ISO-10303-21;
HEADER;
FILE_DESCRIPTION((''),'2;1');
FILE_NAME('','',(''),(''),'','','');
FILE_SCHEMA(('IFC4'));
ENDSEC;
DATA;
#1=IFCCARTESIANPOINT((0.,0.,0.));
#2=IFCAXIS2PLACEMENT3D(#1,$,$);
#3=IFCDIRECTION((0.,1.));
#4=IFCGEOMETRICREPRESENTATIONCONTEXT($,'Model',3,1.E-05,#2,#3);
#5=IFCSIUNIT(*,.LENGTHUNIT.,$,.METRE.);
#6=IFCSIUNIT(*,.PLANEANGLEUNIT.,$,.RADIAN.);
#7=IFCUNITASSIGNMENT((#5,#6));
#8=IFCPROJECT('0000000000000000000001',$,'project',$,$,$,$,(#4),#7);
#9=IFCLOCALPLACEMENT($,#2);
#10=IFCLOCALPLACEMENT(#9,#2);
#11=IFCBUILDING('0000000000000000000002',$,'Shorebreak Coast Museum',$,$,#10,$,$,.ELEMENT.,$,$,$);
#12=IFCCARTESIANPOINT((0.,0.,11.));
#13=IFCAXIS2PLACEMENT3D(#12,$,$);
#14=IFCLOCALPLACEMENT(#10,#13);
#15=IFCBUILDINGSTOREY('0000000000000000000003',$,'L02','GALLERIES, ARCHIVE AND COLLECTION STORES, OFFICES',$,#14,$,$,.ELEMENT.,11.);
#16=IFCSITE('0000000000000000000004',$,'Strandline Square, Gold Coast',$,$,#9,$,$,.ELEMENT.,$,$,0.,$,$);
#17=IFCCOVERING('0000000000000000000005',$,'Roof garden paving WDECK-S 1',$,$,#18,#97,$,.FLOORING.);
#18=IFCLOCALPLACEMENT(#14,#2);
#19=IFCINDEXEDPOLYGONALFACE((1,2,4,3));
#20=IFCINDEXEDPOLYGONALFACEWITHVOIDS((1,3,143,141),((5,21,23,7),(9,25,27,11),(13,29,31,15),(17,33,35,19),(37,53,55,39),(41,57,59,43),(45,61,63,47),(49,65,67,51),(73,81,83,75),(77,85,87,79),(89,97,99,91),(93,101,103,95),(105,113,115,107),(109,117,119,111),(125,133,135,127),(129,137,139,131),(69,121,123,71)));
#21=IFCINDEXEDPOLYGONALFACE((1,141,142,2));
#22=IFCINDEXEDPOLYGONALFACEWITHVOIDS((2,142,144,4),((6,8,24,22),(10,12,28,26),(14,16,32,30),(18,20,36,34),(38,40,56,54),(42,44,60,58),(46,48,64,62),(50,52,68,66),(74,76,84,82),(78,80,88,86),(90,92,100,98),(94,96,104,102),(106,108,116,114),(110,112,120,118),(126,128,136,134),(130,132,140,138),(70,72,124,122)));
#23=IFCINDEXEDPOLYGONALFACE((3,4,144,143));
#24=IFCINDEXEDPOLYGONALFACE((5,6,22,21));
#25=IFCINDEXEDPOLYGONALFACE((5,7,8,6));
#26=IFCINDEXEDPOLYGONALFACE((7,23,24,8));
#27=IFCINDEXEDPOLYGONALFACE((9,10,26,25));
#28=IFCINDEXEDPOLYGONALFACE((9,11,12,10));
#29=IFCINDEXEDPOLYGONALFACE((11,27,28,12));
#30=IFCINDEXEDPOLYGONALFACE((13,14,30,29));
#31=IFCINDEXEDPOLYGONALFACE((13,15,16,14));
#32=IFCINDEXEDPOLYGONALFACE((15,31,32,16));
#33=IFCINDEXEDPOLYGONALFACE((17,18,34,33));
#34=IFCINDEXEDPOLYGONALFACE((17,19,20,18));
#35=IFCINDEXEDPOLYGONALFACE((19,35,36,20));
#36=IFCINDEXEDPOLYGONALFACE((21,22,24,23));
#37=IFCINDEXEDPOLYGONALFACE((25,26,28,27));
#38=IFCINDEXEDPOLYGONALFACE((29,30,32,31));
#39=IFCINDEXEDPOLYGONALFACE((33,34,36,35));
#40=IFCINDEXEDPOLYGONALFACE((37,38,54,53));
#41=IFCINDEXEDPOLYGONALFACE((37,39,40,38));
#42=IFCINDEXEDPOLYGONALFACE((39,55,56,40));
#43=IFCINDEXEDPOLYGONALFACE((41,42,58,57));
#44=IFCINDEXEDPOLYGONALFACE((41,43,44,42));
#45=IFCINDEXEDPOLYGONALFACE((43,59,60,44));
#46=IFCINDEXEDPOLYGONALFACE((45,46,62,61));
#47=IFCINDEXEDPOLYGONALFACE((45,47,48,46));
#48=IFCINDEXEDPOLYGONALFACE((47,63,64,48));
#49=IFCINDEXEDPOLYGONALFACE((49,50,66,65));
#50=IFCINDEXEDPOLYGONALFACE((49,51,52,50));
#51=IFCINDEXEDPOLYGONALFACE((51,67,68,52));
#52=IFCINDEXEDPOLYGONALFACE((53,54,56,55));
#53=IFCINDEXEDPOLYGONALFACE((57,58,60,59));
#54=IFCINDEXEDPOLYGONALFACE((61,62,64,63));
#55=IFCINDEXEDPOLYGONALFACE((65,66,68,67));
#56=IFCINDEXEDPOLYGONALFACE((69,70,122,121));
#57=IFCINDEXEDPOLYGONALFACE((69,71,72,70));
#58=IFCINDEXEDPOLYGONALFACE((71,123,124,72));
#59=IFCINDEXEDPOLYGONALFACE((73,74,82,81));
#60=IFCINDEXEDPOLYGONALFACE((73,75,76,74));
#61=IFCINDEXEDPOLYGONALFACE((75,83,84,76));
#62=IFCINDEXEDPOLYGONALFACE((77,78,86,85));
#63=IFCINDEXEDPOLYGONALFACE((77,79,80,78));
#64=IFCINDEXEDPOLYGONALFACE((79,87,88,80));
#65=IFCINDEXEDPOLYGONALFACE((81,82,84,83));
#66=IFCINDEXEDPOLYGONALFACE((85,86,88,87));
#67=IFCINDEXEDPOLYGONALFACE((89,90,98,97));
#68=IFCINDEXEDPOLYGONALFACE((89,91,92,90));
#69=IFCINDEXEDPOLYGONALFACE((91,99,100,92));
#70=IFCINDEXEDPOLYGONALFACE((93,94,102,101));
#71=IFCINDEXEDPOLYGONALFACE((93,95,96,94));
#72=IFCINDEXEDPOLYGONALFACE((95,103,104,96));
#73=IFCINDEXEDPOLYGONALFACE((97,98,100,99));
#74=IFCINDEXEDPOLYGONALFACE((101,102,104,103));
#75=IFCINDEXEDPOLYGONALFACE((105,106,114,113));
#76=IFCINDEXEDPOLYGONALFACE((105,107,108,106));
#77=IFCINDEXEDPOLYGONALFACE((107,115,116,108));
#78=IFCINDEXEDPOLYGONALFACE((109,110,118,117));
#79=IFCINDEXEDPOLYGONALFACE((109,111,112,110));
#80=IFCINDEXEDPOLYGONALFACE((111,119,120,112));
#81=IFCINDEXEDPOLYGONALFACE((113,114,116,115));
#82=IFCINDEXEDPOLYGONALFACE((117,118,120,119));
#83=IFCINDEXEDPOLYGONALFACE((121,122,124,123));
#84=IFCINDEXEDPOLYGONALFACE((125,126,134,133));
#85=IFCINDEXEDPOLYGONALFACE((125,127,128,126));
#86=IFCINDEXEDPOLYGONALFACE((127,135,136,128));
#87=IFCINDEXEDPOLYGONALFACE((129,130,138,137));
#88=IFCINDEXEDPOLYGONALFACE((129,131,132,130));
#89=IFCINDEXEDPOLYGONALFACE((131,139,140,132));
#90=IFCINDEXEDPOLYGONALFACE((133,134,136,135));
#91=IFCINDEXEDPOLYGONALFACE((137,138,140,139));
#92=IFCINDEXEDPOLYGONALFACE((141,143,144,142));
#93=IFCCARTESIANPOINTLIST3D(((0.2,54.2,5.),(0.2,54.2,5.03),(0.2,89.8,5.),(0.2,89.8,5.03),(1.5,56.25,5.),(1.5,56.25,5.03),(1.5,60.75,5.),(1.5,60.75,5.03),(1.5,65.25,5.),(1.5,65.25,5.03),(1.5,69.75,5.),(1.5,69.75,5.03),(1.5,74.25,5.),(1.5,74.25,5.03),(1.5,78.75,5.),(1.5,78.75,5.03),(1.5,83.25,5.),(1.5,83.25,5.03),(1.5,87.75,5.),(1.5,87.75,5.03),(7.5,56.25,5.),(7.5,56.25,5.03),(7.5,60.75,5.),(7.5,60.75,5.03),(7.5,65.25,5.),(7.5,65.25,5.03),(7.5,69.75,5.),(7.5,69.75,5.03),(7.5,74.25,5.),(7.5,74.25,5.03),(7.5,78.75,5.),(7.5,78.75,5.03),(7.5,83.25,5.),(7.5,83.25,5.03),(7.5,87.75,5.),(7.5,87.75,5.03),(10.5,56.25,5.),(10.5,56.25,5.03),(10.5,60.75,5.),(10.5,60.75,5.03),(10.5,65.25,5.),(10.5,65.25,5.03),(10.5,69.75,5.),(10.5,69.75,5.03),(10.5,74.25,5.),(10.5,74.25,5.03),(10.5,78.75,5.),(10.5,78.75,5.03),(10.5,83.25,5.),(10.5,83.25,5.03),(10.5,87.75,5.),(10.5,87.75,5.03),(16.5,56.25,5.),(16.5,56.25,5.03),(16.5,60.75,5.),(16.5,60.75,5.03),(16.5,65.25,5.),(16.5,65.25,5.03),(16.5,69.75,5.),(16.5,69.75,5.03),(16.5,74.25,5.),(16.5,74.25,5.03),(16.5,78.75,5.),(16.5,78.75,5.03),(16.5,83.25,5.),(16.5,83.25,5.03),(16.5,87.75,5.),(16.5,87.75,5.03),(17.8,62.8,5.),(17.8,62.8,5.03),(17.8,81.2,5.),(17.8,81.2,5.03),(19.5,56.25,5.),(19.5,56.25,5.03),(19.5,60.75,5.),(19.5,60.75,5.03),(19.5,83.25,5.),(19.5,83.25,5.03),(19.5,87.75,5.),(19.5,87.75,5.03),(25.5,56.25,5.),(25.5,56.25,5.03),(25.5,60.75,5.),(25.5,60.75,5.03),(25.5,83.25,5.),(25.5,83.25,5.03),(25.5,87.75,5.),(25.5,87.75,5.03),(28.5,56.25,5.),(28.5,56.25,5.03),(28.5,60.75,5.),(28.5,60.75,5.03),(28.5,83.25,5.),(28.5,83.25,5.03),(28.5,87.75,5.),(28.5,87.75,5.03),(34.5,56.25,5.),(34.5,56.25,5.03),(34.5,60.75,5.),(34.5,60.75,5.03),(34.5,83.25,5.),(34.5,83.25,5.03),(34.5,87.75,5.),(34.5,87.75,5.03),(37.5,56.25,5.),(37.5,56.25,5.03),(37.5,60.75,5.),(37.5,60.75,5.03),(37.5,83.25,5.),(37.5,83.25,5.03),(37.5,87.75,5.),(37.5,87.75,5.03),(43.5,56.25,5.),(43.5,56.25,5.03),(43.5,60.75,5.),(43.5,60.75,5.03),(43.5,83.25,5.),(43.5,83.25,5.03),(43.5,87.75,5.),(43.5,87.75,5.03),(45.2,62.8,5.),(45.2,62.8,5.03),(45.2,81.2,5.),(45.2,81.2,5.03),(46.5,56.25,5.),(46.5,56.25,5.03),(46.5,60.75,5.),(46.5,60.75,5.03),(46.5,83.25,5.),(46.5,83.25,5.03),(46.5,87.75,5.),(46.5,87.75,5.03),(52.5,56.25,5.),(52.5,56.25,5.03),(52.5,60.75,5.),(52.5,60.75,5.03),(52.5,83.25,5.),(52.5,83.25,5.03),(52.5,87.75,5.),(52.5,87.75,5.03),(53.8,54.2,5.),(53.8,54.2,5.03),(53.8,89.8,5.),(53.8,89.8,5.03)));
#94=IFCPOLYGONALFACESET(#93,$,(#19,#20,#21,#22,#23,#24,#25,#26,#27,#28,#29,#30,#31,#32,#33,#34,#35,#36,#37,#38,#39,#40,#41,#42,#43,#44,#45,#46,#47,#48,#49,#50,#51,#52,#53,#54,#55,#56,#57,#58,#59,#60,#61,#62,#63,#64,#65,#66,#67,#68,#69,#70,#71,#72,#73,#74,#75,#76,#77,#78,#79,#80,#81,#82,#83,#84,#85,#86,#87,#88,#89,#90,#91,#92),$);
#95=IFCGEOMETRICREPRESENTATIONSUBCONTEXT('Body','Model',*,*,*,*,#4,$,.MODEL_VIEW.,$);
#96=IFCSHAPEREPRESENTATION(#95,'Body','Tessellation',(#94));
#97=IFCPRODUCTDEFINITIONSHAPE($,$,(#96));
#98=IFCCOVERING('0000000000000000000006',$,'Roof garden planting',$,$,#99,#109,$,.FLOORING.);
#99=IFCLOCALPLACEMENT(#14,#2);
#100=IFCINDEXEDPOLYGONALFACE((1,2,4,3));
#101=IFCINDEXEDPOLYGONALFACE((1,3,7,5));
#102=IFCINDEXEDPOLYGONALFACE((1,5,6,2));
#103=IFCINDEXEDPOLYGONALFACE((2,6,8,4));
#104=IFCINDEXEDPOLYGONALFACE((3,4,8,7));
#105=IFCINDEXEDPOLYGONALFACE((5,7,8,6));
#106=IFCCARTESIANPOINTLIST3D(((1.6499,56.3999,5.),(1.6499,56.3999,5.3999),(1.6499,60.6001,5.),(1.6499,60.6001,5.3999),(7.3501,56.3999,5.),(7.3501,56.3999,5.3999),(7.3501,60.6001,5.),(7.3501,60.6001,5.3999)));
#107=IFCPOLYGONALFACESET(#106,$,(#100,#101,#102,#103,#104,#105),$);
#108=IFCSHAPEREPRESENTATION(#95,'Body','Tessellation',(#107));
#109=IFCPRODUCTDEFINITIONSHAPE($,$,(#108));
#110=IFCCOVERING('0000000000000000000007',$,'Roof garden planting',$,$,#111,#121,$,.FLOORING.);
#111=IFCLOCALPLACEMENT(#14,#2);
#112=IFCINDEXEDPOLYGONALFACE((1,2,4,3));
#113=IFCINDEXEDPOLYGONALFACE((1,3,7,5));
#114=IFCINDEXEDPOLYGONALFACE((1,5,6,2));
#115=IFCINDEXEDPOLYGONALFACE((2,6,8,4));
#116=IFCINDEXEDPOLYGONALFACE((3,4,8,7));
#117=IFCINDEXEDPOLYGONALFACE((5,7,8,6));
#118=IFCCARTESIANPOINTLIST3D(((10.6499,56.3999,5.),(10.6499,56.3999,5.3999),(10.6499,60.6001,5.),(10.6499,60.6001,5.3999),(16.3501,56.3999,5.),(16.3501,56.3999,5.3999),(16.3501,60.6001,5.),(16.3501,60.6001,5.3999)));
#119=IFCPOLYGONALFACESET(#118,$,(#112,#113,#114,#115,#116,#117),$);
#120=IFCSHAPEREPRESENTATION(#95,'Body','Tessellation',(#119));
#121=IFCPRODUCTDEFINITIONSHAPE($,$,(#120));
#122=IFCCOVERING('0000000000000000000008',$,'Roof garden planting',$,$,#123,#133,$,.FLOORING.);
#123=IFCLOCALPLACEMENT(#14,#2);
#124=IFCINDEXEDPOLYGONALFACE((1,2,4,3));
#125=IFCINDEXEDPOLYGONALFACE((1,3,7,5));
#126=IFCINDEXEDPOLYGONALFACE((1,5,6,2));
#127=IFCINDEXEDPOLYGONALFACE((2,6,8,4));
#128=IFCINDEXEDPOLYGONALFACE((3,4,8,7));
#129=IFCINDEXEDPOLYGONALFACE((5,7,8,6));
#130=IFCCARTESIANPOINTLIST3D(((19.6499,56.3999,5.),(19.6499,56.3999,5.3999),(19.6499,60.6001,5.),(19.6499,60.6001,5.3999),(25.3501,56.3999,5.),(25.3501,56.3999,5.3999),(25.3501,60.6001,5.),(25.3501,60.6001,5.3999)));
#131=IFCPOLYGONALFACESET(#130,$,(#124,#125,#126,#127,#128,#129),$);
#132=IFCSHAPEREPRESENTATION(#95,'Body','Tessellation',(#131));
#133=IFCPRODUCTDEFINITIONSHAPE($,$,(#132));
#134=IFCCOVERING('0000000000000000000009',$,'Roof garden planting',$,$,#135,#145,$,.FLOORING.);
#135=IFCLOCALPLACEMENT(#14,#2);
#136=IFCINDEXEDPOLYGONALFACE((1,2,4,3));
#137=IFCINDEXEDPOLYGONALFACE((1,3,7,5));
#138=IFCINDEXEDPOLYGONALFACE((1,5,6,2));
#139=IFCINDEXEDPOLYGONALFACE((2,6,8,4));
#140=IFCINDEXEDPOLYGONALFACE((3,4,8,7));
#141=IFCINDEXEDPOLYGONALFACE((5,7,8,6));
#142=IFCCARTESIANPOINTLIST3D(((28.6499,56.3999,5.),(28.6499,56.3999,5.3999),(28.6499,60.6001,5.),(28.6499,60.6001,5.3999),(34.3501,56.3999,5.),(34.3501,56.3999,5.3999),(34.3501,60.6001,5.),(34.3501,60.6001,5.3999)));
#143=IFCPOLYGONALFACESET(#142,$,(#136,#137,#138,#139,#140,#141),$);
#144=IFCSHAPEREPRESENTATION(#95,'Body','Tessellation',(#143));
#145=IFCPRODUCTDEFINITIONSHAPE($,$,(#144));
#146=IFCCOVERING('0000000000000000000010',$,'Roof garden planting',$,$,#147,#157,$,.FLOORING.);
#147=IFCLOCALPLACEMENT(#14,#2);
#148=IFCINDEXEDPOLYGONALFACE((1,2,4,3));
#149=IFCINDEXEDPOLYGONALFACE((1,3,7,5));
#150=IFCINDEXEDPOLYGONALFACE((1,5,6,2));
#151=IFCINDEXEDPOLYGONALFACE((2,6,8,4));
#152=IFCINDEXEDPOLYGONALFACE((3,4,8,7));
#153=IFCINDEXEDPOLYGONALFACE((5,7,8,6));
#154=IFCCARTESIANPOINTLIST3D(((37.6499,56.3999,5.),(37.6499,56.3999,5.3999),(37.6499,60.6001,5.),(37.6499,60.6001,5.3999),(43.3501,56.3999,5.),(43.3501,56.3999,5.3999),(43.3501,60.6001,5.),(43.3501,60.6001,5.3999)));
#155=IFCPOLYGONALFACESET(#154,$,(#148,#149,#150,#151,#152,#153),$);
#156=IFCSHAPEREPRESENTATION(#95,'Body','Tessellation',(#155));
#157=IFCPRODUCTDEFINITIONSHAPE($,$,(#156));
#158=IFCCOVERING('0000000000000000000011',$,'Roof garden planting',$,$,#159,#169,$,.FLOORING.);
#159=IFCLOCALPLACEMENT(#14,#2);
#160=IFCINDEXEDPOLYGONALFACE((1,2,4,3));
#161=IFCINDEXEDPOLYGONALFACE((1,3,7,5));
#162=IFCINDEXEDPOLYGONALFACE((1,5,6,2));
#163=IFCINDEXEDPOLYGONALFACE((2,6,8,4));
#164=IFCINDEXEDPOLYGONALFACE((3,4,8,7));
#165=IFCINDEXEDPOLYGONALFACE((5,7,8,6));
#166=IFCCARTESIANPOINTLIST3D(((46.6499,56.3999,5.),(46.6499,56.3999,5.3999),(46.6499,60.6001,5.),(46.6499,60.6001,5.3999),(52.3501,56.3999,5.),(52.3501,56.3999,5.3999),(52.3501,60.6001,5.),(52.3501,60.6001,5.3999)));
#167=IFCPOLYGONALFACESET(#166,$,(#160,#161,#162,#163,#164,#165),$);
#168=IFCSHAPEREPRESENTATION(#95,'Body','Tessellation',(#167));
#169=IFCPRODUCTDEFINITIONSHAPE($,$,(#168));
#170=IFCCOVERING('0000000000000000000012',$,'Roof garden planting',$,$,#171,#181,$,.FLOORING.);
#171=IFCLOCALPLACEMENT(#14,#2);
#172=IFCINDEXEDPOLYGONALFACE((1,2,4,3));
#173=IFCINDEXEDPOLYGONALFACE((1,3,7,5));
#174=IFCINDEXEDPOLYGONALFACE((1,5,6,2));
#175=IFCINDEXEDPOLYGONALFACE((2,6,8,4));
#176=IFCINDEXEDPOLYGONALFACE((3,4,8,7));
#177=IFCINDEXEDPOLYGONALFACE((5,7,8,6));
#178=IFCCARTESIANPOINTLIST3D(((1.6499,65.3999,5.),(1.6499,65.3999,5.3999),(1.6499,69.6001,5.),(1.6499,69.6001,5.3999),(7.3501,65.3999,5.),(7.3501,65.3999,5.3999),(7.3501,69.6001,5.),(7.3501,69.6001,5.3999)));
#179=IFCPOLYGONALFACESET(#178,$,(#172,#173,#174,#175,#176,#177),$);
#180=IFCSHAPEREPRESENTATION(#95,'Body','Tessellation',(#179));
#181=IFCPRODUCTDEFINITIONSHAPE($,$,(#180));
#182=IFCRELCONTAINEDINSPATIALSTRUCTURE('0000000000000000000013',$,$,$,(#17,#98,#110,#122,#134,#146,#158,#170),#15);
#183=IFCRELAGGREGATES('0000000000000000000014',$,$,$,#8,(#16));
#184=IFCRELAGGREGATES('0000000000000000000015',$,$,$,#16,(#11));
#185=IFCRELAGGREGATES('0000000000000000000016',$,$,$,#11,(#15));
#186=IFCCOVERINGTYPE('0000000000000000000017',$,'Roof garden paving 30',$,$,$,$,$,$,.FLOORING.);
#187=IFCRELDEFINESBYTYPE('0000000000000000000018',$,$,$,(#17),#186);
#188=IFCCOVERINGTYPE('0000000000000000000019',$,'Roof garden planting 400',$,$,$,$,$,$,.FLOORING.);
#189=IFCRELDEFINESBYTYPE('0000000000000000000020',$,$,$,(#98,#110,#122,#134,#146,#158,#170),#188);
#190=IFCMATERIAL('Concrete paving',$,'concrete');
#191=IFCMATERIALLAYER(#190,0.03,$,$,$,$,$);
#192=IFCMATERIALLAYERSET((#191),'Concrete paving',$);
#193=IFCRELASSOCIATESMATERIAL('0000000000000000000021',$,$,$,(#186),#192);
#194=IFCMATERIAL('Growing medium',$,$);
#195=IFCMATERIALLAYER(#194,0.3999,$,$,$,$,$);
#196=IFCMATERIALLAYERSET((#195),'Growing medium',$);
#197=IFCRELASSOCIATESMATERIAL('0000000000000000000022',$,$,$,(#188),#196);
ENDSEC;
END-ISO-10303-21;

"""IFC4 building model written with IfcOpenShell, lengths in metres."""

from ifc_helpers import new_model, si_unit, direction, frame, origin, place, context, subcontext, project, spatial, polyline, outline, extrude, material, layer, layer_set, type_object, element, save


model = new_model("IFC4")

# Units and contexts
model_context = context("Model", 3, precision=1e-05, world=origin(), true_north=direction((0.0, 1.0)))
body_context = subcontext(model_context, "Body", "Model", "MODEL_VIEW")
ifc_project = project(units=[si_unit("LENGTHUNIT", "METRE"), si_unit("PLANEANGLEUNIT", "RADIAN")], contexts=[model_context])

# Site, building, storey
site_placement = place(None, origin())
site = spatial("IfcSite", under=ifc_project, at=site_placement, Name="Strandline Square, Gold Coast", CompositionType="ELEMENT", RefElevation=0.0)
building_placement = place(site_placement, origin())
building = spatial("IfcBuilding", under=site, at=building_placement, Name="Shorebreak Coast Museum", CompositionType="ELEMENT")
storey_placement = place(building_placement, frame((0.0, 0.0, 11.0)))
storey = spatial("IfcBuildingStorey", under=building, at=storey_placement, Name="L02", Description="GALLERIES, ARCHIVE AND COLLECTION STORES, OFFICES", CompositionType="ELEMENT", Elevation=11.0)

# Coverings
ifc_material_1 = material(Name="Concrete paving", Category="concrete")
ifc_layer_1 = layer(ifc_material_1, 0.03)
ifc_layer_set_1 = layer_set([ifc_layer_1], Name="Concrete paving")
covering_type_1 = type_object("IfcCoveringType", Name="Roof garden paving 30", PredefinedType="FLOORING", material=ifc_layer_set_1)
covering_1_placement = place(storey_placement, frame((0.0, 0.0, 5.0)))
element("IfcCovering", 1, at=covering_1_placement, inside=storey, type_object=covering_type_1, Name="Roof garden paving WDECK-S 1", PredefinedType="FLOORING", context=body_context, shape_type="SweptSolid", body=[
    extrude(outline(polyline([(0.2, 54.2), (0.2, 89.8), (53.8, 89.8), (53.8, 54.2), (0.2, 54.2)]), holes=[polyline([(45.2, 81.2), (17.8, 81.2), (17.8, 62.8), (45.2, 62.8), (45.2, 81.2)]), polyline([(7.5, 60.75), (1.5, 60.75), (1.5, 56.25), (7.5, 56.25), (7.5, 60.75)]), polyline([(16.5, 60.75), (10.5, 60.75), (10.5, 56.25), (16.5, 56.25), (16.5, 60.75)]), polyline([(25.5, 60.75), (19.5, 60.75), (19.5, 56.25), (25.5, 56.25), (25.5, 60.75)]), polyline([(7.5, 69.75), (1.5, 69.75), (1.5, 65.25), (7.5, 65.25), (7.5, 69.75)]), polyline([(16.5, 69.75), (10.5, 69.75), (10.5, 65.25), (16.5, 65.25), (16.5, 69.75)]), polyline([(7.5, 78.75), (1.5, 78.75), (1.5, 74.25), (7.5, 74.25), (7.5, 78.75)]), polyline([(16.5, 78.75), (10.5, 78.75), (10.5, 74.25), (16.5, 74.25), (16.5, 78.75)]), polyline([(7.5, 87.75), (1.5, 87.75), (1.5, 83.25), (7.5, 83.25), (7.5, 87.75)]), polyline([(16.5, 87.75), (10.5, 87.75), (10.5, 83.25), (16.5, 83.25), (16.5, 87.75)]), polyline([(34.5, 60.75), (28.5, 60.75), (28.5, 56.25), (34.5, 56.25), (34.5, 60.75)]), polyline([(43.5, 60.75), (37.5, 60.75), (37.5, 56.25), (43.5, 56.25), (43.5, 60.75)]), polyline([(52.5, 60.75), (46.5, 60.75), (46.5, 56.25), (52.5, 56.25), (52.5, 60.75)]), polyline([(25.5, 87.75), (19.5, 87.75), (19.5, 83.25), (25.5, 83.25), (25.5, 87.75)]), polyline([(34.5, 87.75), (28.5, 87.75), (28.5, 83.25), (34.5, 83.25), (34.5, 87.75)]), polyline([(43.5, 83.25), (43.5, 87.75), (37.5, 87.75), (37.5, 83.25), (43.5, 83.25)]), polyline([(52.5, 83.25), (52.5, 87.75), (46.5, 87.75), (46.5, 83.25), (52.5, 83.25)])]), origin(), (0.0, 0.0, 1.0), 0.03),
])
ifc_material_2 = material(Name="Growing medium")
ifc_layer_2 = layer(ifc_material_2, 0.3999)
ifc_layer_set_2 = layer_set([ifc_layer_2], Name="Growing medium")
covering_type_2 = type_object("IfcCoveringType", Name="Roof garden planting 400", PredefinedType="FLOORING", material=ifc_layer_set_2)
covering_2_placement = place(storey_placement, frame((0.0, 0.0, 5.0)))
element("IfcCovering", 2, at=covering_2_placement, inside=storey, type_object=covering_type_2, Name="Roof garden planting", PredefinedType="FLOORING", context=body_context, shape_type="SweptSolid", body=[
    extrude(outline(polyline([(7.3501, 56.3999), (7.3501, 60.6001), (1.6499, 60.6001), (1.6499, 56.3999), (7.3501, 56.3999)])), origin(), (0.0, 0.0, 1.0), 0.3999),
])
covering_3_placement = place(storey_placement, frame((0.0, 0.0, 5.0)))
element("IfcCovering", 3, at=covering_3_placement, inside=storey, type_object=covering_type_2, Name="Roof garden planting", PredefinedType="FLOORING", context=body_context, shape_type="SweptSolid", body=[
    extrude(outline(polyline([(16.3501, 56.3999), (16.3501, 60.6001), (10.6499, 60.6001), (10.6499, 56.3999), (16.3501, 56.3999)])), origin(), (0.0, 0.0, 1.0), 0.3999),
])
covering_4_placement = place(storey_placement, frame((0.0, 0.0, 5.0)))
element("IfcCovering", 4, at=covering_4_placement, inside=storey, type_object=covering_type_2, Name="Roof garden planting", PredefinedType="FLOORING", context=body_context, shape_type="SweptSolid", body=[
    extrude(outline(polyline([(25.3501, 56.3999), (25.3501, 60.6001), (19.6499, 60.6001), (19.6499, 56.3999), (25.3501, 56.3999)])), origin(), (0.0, 0.0, 1.0), 0.3999),
])
covering_5_placement = place(storey_placement, frame((0.0, 0.0, 5.0)))
element("IfcCovering", 5, at=covering_5_placement, inside=storey, type_object=covering_type_2, Name="Roof garden planting", PredefinedType="FLOORING", context=body_context, shape_type="SweptSolid", body=[
    extrude(outline(polyline([(34.3501, 56.3999), (34.3501, 60.6001), (28.6499, 60.6001), (28.6499, 56.3999), (34.3501, 56.3999)])), origin(), (0.0, 0.0, 1.0), 0.3999),
])
covering_6_placement = place(storey_placement, frame((0.0, 0.0, 5.0)))
element("IfcCovering", 6, at=covering_6_placement, inside=storey, type_object=covering_type_2, Name="Roof garden planting", PredefinedType="FLOORING", context=body_context, shape_type="SweptSolid", body=[
    extrude(outline(polyline([(43.3501, 56.3999), (43.3501, 60.6001), (37.6499, 60.6001), (37.6499, 56.3999), (43.3501, 56.3999)])), origin(), (0.0, 0.0, 1.0), 0.3999),
])
covering_7_placement = place(storey_placement, frame((0.0, 0.0, 5.0)))
element("IfcCovering", 7, at=covering_7_placement, inside=storey, type_object=covering_type_2, Name="Roof garden planting", PredefinedType="FLOORING", context=body_context, shape_type="SweptSolid", body=[
    extrude(outline(polyline([(52.3501, 56.3999), (52.3501, 60.6001), (46.6499, 60.6001), (46.6499, 56.3999), (52.3501, 56.3999)])), origin(), (0.0, 0.0, 1.0), 0.3999),
])
covering_8_placement = place(storey_placement, frame((0.0, 0.0, 5.0)))
element("IfcCovering", 8, at=covering_8_placement, inside=storey, type_object=covering_type_2, Name="Roof garden planting", PredefinedType="FLOORING", context=body_context, shape_type="SweptSolid", body=[
    extrude(outline(polyline([(7.3501, 65.3999), (7.3501, 69.6001), (1.6499, 69.6001), (1.6499, 65.3999), (7.3501, 65.3999)])), origin(), (0.0, 0.0, 1.0), 0.3999),
])

save(model, "model.ifc")
